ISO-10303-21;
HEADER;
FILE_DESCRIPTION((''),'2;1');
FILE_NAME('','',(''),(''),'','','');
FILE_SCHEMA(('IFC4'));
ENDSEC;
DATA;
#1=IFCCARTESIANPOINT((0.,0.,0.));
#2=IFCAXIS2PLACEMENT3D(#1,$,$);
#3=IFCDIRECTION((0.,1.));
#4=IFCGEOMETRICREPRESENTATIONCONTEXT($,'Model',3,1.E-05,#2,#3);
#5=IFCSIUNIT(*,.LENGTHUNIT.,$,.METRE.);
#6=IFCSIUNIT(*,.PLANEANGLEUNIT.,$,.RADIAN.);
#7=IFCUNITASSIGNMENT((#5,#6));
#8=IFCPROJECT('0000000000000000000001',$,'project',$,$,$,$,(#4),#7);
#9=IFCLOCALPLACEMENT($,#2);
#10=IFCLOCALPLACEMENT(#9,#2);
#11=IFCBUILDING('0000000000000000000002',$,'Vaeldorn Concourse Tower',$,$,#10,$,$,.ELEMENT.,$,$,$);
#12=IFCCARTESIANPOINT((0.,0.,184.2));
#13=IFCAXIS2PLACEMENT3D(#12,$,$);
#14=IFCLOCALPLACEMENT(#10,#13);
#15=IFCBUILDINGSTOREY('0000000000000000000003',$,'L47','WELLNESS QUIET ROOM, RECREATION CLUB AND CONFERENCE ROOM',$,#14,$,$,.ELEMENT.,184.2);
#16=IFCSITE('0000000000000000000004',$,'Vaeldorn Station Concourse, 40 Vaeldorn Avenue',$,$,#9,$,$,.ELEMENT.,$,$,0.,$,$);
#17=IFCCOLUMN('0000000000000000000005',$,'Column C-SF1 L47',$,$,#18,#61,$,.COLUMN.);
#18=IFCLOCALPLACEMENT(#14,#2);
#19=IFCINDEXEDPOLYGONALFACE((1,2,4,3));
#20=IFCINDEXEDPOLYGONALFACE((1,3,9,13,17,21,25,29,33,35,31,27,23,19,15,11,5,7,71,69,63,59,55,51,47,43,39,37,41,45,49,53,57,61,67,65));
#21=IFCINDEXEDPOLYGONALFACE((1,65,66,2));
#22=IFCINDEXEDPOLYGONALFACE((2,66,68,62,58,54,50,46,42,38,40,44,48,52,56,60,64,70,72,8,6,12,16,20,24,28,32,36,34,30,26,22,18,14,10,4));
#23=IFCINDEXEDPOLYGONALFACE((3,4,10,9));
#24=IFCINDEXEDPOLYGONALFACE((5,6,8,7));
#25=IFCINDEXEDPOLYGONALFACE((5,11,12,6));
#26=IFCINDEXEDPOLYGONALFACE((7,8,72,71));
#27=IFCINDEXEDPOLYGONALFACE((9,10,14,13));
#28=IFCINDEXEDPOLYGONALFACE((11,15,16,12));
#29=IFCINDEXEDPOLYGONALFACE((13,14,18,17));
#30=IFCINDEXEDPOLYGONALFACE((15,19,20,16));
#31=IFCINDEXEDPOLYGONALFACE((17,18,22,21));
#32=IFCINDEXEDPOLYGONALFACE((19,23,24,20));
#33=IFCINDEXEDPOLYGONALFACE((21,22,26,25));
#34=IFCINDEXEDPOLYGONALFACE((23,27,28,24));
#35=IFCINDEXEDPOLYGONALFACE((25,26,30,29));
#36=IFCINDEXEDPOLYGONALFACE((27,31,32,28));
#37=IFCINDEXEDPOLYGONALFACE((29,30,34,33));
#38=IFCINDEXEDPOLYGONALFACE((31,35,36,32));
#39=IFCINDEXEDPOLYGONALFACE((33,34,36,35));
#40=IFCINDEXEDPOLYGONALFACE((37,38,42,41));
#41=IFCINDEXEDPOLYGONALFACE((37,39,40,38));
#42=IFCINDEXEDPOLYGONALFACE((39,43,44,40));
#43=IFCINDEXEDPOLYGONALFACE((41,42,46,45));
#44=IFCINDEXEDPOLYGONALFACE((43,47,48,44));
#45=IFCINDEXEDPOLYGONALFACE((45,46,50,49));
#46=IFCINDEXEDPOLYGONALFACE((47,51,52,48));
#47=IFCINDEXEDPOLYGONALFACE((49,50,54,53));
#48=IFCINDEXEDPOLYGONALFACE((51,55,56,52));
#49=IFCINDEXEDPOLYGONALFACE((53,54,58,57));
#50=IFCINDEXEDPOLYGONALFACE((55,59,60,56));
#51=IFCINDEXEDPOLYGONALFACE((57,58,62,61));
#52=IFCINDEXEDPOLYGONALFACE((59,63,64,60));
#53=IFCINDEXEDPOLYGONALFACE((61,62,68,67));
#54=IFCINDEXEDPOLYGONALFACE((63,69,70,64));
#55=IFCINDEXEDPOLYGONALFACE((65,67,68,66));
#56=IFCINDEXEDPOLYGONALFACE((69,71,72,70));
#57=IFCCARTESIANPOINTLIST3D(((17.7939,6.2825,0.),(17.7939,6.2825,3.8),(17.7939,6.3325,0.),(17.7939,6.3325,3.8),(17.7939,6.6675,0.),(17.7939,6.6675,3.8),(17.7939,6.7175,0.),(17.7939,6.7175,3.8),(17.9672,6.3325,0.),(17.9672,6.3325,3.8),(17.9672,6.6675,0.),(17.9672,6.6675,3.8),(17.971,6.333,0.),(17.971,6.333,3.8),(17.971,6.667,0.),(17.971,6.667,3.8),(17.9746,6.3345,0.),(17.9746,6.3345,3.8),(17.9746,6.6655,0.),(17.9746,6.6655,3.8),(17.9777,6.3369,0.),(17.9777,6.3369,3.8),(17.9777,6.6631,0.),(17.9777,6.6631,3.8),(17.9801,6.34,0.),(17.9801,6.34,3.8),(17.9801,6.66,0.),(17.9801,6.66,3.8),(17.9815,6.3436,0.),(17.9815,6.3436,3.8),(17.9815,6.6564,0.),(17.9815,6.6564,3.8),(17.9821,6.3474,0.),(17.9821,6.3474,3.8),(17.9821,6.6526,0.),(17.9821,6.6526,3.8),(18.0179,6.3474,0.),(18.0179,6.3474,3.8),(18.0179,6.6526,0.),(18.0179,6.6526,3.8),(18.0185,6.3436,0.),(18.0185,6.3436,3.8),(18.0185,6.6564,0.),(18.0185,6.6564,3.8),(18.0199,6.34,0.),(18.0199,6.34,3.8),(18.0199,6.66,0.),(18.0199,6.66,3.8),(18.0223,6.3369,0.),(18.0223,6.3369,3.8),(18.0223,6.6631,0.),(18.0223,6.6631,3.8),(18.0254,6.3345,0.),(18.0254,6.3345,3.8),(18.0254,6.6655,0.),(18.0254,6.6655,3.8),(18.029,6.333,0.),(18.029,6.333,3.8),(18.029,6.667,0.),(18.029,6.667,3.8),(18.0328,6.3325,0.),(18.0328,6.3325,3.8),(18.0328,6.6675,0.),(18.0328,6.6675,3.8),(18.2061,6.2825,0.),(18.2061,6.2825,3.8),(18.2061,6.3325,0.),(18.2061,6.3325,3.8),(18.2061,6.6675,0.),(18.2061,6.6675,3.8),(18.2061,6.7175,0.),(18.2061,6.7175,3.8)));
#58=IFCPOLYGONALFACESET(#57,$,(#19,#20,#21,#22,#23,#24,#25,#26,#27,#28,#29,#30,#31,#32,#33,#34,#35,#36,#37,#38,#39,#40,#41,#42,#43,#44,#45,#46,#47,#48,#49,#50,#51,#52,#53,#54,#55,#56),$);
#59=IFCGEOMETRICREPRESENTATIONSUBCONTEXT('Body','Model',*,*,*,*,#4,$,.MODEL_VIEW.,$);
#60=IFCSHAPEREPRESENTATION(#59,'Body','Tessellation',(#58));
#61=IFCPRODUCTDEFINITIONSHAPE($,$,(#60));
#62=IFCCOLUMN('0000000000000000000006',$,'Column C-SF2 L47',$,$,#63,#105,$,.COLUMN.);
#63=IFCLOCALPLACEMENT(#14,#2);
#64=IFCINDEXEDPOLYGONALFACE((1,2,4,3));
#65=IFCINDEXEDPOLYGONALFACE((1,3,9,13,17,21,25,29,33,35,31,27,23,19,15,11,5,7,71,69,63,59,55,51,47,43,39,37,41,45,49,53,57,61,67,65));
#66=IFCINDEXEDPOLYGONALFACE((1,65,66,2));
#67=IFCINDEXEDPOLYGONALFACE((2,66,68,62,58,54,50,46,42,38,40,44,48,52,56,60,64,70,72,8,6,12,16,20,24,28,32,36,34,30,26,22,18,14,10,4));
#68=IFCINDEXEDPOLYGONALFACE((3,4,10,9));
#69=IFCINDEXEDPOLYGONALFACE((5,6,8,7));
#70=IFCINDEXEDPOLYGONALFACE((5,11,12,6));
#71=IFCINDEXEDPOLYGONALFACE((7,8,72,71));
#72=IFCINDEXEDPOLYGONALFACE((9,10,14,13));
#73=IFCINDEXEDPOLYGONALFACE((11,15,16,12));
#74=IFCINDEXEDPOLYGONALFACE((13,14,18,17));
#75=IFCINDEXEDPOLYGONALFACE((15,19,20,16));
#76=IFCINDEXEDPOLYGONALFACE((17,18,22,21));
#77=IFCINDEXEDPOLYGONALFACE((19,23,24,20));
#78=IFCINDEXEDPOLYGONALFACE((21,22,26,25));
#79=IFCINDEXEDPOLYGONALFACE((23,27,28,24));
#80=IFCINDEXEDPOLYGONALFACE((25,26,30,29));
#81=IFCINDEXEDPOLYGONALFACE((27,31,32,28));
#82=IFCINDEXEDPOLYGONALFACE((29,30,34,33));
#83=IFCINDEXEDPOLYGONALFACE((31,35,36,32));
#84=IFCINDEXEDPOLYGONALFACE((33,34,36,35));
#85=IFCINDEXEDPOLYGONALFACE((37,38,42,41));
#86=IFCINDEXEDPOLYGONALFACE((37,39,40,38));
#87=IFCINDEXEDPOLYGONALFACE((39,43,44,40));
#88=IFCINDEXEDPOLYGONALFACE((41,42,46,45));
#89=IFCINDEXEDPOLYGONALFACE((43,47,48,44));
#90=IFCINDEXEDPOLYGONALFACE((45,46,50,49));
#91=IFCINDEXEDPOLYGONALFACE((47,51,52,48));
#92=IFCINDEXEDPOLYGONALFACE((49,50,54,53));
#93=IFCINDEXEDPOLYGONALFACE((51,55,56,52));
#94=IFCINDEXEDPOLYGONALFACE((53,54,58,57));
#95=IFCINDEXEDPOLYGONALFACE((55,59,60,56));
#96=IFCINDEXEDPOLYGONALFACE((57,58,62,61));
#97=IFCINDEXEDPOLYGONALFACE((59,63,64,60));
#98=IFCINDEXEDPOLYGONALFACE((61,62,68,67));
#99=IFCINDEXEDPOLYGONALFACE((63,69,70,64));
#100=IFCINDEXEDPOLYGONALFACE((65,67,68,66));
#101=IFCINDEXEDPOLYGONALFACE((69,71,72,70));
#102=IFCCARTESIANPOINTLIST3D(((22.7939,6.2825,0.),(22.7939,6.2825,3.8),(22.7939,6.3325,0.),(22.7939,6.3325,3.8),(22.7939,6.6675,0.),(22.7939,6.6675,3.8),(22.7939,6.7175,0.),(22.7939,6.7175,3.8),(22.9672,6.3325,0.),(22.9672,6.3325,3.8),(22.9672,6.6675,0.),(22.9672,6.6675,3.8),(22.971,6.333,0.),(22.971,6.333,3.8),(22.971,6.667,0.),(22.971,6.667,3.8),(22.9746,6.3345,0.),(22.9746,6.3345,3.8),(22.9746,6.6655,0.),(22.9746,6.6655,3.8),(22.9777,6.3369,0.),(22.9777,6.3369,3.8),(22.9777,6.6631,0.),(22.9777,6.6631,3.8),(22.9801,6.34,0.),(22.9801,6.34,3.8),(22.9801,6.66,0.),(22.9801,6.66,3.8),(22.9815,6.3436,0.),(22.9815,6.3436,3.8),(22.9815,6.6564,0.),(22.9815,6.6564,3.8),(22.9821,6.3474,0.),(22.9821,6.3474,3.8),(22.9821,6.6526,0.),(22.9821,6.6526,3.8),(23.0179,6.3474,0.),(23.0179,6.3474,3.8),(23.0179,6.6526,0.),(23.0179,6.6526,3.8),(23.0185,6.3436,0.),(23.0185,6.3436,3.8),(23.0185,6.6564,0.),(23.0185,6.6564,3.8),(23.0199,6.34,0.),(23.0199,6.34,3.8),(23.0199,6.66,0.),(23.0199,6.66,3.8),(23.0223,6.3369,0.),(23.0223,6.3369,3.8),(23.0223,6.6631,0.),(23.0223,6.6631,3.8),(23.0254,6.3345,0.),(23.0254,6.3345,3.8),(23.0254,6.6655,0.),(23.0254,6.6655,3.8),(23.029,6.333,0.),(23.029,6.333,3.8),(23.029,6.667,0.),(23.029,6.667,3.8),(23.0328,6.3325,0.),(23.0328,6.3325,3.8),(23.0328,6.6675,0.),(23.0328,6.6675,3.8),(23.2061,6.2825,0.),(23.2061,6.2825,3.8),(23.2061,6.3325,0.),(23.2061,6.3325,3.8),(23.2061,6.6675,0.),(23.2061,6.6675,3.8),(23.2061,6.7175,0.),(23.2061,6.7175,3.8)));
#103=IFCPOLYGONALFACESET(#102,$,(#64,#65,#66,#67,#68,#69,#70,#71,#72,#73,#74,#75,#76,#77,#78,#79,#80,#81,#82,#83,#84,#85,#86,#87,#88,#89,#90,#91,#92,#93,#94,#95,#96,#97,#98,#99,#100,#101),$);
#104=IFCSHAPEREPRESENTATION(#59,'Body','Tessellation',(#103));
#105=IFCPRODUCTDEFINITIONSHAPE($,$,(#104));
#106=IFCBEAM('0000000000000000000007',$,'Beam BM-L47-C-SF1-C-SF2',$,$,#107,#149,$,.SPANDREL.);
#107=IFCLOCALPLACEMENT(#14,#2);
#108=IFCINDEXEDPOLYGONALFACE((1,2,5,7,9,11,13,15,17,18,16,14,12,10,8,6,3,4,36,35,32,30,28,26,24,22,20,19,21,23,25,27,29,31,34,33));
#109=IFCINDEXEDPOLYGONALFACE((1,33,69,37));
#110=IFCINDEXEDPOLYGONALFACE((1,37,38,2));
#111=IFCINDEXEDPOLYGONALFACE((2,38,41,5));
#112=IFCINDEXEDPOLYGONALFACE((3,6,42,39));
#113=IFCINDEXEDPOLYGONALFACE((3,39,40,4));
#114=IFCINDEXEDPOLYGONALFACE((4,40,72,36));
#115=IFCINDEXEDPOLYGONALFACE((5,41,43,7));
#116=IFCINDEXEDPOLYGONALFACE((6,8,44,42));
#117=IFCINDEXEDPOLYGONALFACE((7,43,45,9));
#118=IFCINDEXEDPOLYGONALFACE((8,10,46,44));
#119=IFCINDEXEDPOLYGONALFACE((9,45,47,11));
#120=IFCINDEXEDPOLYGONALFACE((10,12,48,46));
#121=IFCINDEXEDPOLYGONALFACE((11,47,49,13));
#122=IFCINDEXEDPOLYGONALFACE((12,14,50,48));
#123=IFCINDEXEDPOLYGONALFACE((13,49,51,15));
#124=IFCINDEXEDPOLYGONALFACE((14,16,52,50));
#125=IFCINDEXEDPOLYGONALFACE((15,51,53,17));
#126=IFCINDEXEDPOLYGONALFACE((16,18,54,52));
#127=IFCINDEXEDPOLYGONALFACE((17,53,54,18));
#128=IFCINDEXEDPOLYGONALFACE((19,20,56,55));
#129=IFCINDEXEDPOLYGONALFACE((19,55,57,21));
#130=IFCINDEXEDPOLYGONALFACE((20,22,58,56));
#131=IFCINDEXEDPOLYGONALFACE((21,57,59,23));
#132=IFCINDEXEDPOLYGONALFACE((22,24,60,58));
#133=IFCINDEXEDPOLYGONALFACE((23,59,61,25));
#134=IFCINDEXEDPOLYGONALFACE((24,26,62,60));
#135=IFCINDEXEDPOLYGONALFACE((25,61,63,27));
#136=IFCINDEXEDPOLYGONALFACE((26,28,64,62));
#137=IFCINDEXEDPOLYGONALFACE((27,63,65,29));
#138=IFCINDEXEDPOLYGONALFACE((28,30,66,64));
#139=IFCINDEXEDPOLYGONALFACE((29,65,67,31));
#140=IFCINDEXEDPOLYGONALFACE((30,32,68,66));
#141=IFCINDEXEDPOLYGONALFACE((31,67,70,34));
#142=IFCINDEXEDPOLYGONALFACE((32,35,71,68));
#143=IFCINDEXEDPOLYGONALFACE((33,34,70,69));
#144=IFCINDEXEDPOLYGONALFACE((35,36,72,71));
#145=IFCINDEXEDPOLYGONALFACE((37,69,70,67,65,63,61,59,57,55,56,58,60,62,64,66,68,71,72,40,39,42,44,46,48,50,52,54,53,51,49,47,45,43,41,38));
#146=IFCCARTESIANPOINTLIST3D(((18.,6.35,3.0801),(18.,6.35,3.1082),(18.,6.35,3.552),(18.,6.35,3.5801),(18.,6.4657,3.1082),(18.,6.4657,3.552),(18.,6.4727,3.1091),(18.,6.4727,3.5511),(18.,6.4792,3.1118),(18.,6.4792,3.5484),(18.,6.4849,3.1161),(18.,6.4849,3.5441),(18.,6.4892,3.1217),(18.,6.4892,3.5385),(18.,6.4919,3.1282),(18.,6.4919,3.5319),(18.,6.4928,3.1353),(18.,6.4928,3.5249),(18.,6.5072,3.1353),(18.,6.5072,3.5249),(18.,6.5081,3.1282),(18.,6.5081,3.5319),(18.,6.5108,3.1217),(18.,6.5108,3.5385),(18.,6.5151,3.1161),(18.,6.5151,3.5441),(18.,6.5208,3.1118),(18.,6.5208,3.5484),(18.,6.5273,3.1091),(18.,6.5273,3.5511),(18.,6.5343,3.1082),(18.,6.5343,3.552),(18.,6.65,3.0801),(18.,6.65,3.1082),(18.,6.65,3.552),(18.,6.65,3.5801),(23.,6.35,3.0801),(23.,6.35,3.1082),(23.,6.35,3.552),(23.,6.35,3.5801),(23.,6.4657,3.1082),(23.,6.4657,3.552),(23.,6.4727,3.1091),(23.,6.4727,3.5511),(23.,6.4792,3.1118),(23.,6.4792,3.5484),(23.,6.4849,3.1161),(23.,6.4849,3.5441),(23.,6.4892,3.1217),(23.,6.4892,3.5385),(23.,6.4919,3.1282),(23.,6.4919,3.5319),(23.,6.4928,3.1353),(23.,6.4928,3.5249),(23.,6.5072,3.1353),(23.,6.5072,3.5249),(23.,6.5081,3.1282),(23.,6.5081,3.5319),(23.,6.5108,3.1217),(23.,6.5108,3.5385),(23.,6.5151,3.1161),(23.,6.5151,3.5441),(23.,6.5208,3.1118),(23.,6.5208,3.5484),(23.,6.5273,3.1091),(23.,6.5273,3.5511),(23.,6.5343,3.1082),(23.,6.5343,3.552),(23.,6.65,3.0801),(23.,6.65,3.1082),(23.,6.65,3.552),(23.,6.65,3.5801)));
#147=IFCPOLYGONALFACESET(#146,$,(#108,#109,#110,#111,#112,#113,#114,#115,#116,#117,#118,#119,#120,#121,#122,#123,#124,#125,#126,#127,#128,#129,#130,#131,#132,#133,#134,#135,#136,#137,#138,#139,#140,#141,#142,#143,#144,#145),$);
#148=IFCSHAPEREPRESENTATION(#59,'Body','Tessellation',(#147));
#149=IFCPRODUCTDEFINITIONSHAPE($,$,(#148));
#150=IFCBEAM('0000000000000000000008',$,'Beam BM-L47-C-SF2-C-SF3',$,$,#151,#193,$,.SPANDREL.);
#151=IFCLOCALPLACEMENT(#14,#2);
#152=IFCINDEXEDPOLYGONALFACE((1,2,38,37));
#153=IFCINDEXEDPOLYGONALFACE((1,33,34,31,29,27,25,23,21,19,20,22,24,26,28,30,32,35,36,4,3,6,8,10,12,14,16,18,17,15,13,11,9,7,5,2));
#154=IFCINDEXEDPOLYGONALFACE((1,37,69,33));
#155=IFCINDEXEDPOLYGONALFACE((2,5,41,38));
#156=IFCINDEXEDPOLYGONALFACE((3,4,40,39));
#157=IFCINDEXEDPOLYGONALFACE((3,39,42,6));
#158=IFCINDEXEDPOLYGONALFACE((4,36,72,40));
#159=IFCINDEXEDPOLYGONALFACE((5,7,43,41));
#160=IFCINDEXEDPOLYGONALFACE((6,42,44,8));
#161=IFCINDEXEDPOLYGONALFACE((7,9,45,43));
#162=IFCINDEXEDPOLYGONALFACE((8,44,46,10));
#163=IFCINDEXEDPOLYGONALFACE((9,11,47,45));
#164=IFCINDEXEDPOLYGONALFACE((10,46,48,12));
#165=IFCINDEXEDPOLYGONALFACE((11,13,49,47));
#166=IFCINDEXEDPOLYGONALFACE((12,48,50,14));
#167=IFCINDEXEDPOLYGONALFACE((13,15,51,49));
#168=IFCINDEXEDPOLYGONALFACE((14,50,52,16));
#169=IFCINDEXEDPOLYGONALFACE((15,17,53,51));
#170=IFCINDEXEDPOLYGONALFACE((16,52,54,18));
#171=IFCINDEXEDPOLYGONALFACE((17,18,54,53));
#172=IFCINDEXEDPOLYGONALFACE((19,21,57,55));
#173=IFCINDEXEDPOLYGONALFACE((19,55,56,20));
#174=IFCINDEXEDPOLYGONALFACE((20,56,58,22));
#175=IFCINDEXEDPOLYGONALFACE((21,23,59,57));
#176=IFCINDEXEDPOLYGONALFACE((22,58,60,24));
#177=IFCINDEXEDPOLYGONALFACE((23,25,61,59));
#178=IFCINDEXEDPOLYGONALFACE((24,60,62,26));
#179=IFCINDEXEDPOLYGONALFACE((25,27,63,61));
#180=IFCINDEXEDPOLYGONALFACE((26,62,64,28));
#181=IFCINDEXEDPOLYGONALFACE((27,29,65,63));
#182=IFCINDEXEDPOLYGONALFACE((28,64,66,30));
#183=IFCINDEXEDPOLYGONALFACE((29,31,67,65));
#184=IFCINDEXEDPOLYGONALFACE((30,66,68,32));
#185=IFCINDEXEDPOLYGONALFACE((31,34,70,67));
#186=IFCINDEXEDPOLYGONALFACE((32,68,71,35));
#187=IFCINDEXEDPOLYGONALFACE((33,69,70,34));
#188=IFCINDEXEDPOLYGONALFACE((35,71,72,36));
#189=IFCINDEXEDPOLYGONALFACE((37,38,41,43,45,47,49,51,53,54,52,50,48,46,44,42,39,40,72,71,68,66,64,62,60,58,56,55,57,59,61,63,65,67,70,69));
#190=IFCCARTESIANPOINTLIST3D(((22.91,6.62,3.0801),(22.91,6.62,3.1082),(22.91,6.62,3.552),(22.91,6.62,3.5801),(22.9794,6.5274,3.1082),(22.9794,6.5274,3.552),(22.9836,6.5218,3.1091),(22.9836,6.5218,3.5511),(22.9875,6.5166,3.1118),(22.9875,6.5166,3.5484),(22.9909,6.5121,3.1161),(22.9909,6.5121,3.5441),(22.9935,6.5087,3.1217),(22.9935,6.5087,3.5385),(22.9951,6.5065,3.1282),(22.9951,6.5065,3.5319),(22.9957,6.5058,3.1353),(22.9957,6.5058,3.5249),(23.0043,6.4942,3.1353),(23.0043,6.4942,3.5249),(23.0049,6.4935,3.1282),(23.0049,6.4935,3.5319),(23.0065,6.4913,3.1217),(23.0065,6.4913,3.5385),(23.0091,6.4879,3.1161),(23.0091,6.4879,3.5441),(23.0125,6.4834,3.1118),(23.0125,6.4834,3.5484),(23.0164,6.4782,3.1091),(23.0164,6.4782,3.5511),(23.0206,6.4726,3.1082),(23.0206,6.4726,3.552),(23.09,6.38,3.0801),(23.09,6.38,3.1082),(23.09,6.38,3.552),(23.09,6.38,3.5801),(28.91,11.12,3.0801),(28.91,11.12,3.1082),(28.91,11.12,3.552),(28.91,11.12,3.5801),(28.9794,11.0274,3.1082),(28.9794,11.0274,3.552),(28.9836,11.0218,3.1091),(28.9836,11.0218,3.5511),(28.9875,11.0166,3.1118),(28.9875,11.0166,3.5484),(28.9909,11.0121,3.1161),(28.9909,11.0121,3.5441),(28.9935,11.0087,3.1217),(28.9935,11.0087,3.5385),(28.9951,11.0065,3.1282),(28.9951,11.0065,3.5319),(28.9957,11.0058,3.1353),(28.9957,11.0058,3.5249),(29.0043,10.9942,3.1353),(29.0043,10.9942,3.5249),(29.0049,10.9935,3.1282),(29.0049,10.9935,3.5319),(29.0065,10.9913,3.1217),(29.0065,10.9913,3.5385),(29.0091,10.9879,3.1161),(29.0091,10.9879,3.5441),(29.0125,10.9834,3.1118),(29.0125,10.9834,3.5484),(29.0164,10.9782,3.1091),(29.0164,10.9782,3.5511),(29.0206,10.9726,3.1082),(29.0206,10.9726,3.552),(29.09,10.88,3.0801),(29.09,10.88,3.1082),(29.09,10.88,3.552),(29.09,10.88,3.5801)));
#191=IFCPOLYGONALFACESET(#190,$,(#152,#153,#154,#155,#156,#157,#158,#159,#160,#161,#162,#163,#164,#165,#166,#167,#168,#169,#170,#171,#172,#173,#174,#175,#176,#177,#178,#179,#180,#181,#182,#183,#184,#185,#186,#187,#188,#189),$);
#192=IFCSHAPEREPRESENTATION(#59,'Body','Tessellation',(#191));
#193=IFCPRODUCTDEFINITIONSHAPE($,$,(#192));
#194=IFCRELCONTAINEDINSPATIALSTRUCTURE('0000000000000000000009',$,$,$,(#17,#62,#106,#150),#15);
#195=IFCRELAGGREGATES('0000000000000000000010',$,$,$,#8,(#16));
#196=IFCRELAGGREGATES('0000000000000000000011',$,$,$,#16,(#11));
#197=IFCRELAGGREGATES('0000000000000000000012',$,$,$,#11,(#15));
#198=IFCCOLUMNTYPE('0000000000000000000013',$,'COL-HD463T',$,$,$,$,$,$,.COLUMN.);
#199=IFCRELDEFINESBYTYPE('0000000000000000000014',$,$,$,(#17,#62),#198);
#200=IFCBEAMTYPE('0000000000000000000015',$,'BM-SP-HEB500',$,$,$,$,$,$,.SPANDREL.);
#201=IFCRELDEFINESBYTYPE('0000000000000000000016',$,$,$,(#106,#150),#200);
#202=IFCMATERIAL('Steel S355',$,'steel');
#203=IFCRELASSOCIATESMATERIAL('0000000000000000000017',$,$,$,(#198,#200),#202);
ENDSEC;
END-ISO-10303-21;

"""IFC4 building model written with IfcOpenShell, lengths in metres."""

from ifc_helpers import new_model, si_unit, direction, frame, origin, origin_2d, place, context, subcontext, project, spatial, i_section, extrude, source, transform, mapped, material, material_profile, profile_set, type_object, element, save


model = new_model("IFC4")

# Units and contexts
model_context = context("Model", 3, precision=1e-05, world=origin(), true_north=direction((0.0, 1.0)))
body_context = subcontext(model_context, "Body", "Model", "MODEL_VIEW")
ifc_project = project(units=[si_unit("LENGTHUNIT", "METRE"), si_unit("PLANEANGLEUNIT", "RADIAN")], contexts=[model_context])

# Site, building, storey
site_placement = place(None, origin())
site = spatial("IfcSite", under=ifc_project, at=site_placement, Name="Vaeldorn Station Concourse, 40 Vaeldorn Avenue", CompositionType="ELEMENT", RefElevation=0.0)
building_placement = place(site_placement, origin())
building = spatial("IfcBuilding", under=site, at=building_placement, Name="Vaeldorn Concourse Tower", CompositionType="ELEMENT")
storey_placement = place(building_placement, frame((0.0, 0.0, 184.2)))
storey = spatial("IfcBuildingStorey", under=building, at=storey_placement, Name="L47", Description="WELLNESS QUIET ROOM, RECREATION CLUB AND CONFERENCE ROOM", CompositionType="ELEMENT", Elevation=184.2)

# Columns
ifc_material_1 = material(Name="Steel S355", Category="steel")
ifc_material_profile_1 = material_profile(ifc_material_1, i_section(OverallWidth=0.4121, OverallDepth=0.4351, WebThickness=0.0359, FlangeThickness=0.05, FilletRadius=0.0149, at=origin_2d()), Name="HD 400x463")
ifc_profile_set_1 = profile_set([ifc_material_profile_1], Name="Steel S355")
column_type = type_object("IfcColumnType", Name="COL-HD463T", PredefinedType="COLUMN", material=ifc_profile_set_1)
shared_shape_1 = source(origin(), body_context, "Body", "SweptSolid", [
    extrude(i_section(OverallWidth=0.4121, OverallDepth=0.4351, WebThickness=0.0359, FlangeThickness=0.05, FilletRadius=0.0149, at=origin_2d()), origin(), (0.0, 0.0, 1.0), 3.8),
])
for number, where, z_axis, x_axis, name in (
    (1, (18.0, 6.5, 0.0), (0.0, 0.0, 1.0), (1.0, 0.0, 0.0), "Column C-SF1 L47"),
    (2, (23.0, 6.5, 0.0), (0.0, 0.0, 1.0), (1.0, 0.0, 0.0), "Column C-SF2 L47"),
):
    element("IfcColumn", number, at=place(storey_placement, frame(where, z_axis=z_axis, x_axis=x_axis)), inside=storey, type_object=column_type, Name=name, PredefinedType="COLUMN", context=body_context, shape_type="MappedRepresentation", body=[
        mapped(shared_shape_1, transform((0.0, 0.0, 0.0), scale=1.0)),
    ])

# Beams
ifc_material_profile_2 = material_profile(ifc_material_1, i_section(OverallWidth=0.3, OverallDepth=0.5, WebThickness=0.0144, FlangeThickness=0.0281, FilletRadius=0.0271, at=origin_2d()), Name="HEB 500")
ifc_profile_set_2 = profile_set([ifc_material_profile_2], Name="Steel S355")
beam_type_1 = type_object("IfcBeamType", Name="BM-SP-HEB500", PredefinedType="SPANDREL", material=ifc_profile_set_2)
shared_shape_2 = source(origin(), body_context, "Body", "SweptSolid", [
    extrude(i_section(OverallWidth=0.3, OverallDepth=0.5, WebThickness=0.0144, FlangeThickness=0.0281, FilletRadius=0.0271, at=origin_2d()), origin(), (0.0, 0.0, 1.0), 5.0),
])
beam_1_placement = place(storey_placement, frame((18.0, 6.5, 3.3301), z_axis=(1.0, 0.0, 0.0), x_axis=(0.0, 1.0, 0.0)))
element("IfcBeam", 3, at=beam_1_placement, inside=storey, type_object=beam_type_1, Name="Beam BM-L47-C-SF1-C-SF2", PredefinedType="SPANDREL", context=body_context, shape_type="MappedRepresentation", body=[
    mapped(shared_shape_2, transform((0.0, 0.0, 0.0), scale=1.0)),
])
shared_shape_3 = source(origin(), body_context, "Body", "SweptSolid", [
    extrude(i_section(OverallWidth=0.3, OverallDepth=0.5, WebThickness=0.0144, FlangeThickness=0.0281, FilletRadius=0.0271, at=origin_2d()), origin(), (0.0, 0.0, 1.0), 7.5),
])
beam_2_placement = place(storey_placement, frame((23.0, 6.5, 3.3301), z_axis=(0.8, 0.6, 0.0), x_axis=(-0.6, 0.8, 0.0)))
element("IfcBeam", 4, at=beam_2_placement, inside=storey, type_object=beam_type_1, Name="Beam BM-L47-C-SF2-C-SF3", PredefinedType="SPANDREL", context=body_context, shape_type="MappedRepresentation", body=[
    mapped(shared_shape_3, transform((0.0, 0.0, 0.0), scale=1.0)),
])

save(model, "model.ifc")
